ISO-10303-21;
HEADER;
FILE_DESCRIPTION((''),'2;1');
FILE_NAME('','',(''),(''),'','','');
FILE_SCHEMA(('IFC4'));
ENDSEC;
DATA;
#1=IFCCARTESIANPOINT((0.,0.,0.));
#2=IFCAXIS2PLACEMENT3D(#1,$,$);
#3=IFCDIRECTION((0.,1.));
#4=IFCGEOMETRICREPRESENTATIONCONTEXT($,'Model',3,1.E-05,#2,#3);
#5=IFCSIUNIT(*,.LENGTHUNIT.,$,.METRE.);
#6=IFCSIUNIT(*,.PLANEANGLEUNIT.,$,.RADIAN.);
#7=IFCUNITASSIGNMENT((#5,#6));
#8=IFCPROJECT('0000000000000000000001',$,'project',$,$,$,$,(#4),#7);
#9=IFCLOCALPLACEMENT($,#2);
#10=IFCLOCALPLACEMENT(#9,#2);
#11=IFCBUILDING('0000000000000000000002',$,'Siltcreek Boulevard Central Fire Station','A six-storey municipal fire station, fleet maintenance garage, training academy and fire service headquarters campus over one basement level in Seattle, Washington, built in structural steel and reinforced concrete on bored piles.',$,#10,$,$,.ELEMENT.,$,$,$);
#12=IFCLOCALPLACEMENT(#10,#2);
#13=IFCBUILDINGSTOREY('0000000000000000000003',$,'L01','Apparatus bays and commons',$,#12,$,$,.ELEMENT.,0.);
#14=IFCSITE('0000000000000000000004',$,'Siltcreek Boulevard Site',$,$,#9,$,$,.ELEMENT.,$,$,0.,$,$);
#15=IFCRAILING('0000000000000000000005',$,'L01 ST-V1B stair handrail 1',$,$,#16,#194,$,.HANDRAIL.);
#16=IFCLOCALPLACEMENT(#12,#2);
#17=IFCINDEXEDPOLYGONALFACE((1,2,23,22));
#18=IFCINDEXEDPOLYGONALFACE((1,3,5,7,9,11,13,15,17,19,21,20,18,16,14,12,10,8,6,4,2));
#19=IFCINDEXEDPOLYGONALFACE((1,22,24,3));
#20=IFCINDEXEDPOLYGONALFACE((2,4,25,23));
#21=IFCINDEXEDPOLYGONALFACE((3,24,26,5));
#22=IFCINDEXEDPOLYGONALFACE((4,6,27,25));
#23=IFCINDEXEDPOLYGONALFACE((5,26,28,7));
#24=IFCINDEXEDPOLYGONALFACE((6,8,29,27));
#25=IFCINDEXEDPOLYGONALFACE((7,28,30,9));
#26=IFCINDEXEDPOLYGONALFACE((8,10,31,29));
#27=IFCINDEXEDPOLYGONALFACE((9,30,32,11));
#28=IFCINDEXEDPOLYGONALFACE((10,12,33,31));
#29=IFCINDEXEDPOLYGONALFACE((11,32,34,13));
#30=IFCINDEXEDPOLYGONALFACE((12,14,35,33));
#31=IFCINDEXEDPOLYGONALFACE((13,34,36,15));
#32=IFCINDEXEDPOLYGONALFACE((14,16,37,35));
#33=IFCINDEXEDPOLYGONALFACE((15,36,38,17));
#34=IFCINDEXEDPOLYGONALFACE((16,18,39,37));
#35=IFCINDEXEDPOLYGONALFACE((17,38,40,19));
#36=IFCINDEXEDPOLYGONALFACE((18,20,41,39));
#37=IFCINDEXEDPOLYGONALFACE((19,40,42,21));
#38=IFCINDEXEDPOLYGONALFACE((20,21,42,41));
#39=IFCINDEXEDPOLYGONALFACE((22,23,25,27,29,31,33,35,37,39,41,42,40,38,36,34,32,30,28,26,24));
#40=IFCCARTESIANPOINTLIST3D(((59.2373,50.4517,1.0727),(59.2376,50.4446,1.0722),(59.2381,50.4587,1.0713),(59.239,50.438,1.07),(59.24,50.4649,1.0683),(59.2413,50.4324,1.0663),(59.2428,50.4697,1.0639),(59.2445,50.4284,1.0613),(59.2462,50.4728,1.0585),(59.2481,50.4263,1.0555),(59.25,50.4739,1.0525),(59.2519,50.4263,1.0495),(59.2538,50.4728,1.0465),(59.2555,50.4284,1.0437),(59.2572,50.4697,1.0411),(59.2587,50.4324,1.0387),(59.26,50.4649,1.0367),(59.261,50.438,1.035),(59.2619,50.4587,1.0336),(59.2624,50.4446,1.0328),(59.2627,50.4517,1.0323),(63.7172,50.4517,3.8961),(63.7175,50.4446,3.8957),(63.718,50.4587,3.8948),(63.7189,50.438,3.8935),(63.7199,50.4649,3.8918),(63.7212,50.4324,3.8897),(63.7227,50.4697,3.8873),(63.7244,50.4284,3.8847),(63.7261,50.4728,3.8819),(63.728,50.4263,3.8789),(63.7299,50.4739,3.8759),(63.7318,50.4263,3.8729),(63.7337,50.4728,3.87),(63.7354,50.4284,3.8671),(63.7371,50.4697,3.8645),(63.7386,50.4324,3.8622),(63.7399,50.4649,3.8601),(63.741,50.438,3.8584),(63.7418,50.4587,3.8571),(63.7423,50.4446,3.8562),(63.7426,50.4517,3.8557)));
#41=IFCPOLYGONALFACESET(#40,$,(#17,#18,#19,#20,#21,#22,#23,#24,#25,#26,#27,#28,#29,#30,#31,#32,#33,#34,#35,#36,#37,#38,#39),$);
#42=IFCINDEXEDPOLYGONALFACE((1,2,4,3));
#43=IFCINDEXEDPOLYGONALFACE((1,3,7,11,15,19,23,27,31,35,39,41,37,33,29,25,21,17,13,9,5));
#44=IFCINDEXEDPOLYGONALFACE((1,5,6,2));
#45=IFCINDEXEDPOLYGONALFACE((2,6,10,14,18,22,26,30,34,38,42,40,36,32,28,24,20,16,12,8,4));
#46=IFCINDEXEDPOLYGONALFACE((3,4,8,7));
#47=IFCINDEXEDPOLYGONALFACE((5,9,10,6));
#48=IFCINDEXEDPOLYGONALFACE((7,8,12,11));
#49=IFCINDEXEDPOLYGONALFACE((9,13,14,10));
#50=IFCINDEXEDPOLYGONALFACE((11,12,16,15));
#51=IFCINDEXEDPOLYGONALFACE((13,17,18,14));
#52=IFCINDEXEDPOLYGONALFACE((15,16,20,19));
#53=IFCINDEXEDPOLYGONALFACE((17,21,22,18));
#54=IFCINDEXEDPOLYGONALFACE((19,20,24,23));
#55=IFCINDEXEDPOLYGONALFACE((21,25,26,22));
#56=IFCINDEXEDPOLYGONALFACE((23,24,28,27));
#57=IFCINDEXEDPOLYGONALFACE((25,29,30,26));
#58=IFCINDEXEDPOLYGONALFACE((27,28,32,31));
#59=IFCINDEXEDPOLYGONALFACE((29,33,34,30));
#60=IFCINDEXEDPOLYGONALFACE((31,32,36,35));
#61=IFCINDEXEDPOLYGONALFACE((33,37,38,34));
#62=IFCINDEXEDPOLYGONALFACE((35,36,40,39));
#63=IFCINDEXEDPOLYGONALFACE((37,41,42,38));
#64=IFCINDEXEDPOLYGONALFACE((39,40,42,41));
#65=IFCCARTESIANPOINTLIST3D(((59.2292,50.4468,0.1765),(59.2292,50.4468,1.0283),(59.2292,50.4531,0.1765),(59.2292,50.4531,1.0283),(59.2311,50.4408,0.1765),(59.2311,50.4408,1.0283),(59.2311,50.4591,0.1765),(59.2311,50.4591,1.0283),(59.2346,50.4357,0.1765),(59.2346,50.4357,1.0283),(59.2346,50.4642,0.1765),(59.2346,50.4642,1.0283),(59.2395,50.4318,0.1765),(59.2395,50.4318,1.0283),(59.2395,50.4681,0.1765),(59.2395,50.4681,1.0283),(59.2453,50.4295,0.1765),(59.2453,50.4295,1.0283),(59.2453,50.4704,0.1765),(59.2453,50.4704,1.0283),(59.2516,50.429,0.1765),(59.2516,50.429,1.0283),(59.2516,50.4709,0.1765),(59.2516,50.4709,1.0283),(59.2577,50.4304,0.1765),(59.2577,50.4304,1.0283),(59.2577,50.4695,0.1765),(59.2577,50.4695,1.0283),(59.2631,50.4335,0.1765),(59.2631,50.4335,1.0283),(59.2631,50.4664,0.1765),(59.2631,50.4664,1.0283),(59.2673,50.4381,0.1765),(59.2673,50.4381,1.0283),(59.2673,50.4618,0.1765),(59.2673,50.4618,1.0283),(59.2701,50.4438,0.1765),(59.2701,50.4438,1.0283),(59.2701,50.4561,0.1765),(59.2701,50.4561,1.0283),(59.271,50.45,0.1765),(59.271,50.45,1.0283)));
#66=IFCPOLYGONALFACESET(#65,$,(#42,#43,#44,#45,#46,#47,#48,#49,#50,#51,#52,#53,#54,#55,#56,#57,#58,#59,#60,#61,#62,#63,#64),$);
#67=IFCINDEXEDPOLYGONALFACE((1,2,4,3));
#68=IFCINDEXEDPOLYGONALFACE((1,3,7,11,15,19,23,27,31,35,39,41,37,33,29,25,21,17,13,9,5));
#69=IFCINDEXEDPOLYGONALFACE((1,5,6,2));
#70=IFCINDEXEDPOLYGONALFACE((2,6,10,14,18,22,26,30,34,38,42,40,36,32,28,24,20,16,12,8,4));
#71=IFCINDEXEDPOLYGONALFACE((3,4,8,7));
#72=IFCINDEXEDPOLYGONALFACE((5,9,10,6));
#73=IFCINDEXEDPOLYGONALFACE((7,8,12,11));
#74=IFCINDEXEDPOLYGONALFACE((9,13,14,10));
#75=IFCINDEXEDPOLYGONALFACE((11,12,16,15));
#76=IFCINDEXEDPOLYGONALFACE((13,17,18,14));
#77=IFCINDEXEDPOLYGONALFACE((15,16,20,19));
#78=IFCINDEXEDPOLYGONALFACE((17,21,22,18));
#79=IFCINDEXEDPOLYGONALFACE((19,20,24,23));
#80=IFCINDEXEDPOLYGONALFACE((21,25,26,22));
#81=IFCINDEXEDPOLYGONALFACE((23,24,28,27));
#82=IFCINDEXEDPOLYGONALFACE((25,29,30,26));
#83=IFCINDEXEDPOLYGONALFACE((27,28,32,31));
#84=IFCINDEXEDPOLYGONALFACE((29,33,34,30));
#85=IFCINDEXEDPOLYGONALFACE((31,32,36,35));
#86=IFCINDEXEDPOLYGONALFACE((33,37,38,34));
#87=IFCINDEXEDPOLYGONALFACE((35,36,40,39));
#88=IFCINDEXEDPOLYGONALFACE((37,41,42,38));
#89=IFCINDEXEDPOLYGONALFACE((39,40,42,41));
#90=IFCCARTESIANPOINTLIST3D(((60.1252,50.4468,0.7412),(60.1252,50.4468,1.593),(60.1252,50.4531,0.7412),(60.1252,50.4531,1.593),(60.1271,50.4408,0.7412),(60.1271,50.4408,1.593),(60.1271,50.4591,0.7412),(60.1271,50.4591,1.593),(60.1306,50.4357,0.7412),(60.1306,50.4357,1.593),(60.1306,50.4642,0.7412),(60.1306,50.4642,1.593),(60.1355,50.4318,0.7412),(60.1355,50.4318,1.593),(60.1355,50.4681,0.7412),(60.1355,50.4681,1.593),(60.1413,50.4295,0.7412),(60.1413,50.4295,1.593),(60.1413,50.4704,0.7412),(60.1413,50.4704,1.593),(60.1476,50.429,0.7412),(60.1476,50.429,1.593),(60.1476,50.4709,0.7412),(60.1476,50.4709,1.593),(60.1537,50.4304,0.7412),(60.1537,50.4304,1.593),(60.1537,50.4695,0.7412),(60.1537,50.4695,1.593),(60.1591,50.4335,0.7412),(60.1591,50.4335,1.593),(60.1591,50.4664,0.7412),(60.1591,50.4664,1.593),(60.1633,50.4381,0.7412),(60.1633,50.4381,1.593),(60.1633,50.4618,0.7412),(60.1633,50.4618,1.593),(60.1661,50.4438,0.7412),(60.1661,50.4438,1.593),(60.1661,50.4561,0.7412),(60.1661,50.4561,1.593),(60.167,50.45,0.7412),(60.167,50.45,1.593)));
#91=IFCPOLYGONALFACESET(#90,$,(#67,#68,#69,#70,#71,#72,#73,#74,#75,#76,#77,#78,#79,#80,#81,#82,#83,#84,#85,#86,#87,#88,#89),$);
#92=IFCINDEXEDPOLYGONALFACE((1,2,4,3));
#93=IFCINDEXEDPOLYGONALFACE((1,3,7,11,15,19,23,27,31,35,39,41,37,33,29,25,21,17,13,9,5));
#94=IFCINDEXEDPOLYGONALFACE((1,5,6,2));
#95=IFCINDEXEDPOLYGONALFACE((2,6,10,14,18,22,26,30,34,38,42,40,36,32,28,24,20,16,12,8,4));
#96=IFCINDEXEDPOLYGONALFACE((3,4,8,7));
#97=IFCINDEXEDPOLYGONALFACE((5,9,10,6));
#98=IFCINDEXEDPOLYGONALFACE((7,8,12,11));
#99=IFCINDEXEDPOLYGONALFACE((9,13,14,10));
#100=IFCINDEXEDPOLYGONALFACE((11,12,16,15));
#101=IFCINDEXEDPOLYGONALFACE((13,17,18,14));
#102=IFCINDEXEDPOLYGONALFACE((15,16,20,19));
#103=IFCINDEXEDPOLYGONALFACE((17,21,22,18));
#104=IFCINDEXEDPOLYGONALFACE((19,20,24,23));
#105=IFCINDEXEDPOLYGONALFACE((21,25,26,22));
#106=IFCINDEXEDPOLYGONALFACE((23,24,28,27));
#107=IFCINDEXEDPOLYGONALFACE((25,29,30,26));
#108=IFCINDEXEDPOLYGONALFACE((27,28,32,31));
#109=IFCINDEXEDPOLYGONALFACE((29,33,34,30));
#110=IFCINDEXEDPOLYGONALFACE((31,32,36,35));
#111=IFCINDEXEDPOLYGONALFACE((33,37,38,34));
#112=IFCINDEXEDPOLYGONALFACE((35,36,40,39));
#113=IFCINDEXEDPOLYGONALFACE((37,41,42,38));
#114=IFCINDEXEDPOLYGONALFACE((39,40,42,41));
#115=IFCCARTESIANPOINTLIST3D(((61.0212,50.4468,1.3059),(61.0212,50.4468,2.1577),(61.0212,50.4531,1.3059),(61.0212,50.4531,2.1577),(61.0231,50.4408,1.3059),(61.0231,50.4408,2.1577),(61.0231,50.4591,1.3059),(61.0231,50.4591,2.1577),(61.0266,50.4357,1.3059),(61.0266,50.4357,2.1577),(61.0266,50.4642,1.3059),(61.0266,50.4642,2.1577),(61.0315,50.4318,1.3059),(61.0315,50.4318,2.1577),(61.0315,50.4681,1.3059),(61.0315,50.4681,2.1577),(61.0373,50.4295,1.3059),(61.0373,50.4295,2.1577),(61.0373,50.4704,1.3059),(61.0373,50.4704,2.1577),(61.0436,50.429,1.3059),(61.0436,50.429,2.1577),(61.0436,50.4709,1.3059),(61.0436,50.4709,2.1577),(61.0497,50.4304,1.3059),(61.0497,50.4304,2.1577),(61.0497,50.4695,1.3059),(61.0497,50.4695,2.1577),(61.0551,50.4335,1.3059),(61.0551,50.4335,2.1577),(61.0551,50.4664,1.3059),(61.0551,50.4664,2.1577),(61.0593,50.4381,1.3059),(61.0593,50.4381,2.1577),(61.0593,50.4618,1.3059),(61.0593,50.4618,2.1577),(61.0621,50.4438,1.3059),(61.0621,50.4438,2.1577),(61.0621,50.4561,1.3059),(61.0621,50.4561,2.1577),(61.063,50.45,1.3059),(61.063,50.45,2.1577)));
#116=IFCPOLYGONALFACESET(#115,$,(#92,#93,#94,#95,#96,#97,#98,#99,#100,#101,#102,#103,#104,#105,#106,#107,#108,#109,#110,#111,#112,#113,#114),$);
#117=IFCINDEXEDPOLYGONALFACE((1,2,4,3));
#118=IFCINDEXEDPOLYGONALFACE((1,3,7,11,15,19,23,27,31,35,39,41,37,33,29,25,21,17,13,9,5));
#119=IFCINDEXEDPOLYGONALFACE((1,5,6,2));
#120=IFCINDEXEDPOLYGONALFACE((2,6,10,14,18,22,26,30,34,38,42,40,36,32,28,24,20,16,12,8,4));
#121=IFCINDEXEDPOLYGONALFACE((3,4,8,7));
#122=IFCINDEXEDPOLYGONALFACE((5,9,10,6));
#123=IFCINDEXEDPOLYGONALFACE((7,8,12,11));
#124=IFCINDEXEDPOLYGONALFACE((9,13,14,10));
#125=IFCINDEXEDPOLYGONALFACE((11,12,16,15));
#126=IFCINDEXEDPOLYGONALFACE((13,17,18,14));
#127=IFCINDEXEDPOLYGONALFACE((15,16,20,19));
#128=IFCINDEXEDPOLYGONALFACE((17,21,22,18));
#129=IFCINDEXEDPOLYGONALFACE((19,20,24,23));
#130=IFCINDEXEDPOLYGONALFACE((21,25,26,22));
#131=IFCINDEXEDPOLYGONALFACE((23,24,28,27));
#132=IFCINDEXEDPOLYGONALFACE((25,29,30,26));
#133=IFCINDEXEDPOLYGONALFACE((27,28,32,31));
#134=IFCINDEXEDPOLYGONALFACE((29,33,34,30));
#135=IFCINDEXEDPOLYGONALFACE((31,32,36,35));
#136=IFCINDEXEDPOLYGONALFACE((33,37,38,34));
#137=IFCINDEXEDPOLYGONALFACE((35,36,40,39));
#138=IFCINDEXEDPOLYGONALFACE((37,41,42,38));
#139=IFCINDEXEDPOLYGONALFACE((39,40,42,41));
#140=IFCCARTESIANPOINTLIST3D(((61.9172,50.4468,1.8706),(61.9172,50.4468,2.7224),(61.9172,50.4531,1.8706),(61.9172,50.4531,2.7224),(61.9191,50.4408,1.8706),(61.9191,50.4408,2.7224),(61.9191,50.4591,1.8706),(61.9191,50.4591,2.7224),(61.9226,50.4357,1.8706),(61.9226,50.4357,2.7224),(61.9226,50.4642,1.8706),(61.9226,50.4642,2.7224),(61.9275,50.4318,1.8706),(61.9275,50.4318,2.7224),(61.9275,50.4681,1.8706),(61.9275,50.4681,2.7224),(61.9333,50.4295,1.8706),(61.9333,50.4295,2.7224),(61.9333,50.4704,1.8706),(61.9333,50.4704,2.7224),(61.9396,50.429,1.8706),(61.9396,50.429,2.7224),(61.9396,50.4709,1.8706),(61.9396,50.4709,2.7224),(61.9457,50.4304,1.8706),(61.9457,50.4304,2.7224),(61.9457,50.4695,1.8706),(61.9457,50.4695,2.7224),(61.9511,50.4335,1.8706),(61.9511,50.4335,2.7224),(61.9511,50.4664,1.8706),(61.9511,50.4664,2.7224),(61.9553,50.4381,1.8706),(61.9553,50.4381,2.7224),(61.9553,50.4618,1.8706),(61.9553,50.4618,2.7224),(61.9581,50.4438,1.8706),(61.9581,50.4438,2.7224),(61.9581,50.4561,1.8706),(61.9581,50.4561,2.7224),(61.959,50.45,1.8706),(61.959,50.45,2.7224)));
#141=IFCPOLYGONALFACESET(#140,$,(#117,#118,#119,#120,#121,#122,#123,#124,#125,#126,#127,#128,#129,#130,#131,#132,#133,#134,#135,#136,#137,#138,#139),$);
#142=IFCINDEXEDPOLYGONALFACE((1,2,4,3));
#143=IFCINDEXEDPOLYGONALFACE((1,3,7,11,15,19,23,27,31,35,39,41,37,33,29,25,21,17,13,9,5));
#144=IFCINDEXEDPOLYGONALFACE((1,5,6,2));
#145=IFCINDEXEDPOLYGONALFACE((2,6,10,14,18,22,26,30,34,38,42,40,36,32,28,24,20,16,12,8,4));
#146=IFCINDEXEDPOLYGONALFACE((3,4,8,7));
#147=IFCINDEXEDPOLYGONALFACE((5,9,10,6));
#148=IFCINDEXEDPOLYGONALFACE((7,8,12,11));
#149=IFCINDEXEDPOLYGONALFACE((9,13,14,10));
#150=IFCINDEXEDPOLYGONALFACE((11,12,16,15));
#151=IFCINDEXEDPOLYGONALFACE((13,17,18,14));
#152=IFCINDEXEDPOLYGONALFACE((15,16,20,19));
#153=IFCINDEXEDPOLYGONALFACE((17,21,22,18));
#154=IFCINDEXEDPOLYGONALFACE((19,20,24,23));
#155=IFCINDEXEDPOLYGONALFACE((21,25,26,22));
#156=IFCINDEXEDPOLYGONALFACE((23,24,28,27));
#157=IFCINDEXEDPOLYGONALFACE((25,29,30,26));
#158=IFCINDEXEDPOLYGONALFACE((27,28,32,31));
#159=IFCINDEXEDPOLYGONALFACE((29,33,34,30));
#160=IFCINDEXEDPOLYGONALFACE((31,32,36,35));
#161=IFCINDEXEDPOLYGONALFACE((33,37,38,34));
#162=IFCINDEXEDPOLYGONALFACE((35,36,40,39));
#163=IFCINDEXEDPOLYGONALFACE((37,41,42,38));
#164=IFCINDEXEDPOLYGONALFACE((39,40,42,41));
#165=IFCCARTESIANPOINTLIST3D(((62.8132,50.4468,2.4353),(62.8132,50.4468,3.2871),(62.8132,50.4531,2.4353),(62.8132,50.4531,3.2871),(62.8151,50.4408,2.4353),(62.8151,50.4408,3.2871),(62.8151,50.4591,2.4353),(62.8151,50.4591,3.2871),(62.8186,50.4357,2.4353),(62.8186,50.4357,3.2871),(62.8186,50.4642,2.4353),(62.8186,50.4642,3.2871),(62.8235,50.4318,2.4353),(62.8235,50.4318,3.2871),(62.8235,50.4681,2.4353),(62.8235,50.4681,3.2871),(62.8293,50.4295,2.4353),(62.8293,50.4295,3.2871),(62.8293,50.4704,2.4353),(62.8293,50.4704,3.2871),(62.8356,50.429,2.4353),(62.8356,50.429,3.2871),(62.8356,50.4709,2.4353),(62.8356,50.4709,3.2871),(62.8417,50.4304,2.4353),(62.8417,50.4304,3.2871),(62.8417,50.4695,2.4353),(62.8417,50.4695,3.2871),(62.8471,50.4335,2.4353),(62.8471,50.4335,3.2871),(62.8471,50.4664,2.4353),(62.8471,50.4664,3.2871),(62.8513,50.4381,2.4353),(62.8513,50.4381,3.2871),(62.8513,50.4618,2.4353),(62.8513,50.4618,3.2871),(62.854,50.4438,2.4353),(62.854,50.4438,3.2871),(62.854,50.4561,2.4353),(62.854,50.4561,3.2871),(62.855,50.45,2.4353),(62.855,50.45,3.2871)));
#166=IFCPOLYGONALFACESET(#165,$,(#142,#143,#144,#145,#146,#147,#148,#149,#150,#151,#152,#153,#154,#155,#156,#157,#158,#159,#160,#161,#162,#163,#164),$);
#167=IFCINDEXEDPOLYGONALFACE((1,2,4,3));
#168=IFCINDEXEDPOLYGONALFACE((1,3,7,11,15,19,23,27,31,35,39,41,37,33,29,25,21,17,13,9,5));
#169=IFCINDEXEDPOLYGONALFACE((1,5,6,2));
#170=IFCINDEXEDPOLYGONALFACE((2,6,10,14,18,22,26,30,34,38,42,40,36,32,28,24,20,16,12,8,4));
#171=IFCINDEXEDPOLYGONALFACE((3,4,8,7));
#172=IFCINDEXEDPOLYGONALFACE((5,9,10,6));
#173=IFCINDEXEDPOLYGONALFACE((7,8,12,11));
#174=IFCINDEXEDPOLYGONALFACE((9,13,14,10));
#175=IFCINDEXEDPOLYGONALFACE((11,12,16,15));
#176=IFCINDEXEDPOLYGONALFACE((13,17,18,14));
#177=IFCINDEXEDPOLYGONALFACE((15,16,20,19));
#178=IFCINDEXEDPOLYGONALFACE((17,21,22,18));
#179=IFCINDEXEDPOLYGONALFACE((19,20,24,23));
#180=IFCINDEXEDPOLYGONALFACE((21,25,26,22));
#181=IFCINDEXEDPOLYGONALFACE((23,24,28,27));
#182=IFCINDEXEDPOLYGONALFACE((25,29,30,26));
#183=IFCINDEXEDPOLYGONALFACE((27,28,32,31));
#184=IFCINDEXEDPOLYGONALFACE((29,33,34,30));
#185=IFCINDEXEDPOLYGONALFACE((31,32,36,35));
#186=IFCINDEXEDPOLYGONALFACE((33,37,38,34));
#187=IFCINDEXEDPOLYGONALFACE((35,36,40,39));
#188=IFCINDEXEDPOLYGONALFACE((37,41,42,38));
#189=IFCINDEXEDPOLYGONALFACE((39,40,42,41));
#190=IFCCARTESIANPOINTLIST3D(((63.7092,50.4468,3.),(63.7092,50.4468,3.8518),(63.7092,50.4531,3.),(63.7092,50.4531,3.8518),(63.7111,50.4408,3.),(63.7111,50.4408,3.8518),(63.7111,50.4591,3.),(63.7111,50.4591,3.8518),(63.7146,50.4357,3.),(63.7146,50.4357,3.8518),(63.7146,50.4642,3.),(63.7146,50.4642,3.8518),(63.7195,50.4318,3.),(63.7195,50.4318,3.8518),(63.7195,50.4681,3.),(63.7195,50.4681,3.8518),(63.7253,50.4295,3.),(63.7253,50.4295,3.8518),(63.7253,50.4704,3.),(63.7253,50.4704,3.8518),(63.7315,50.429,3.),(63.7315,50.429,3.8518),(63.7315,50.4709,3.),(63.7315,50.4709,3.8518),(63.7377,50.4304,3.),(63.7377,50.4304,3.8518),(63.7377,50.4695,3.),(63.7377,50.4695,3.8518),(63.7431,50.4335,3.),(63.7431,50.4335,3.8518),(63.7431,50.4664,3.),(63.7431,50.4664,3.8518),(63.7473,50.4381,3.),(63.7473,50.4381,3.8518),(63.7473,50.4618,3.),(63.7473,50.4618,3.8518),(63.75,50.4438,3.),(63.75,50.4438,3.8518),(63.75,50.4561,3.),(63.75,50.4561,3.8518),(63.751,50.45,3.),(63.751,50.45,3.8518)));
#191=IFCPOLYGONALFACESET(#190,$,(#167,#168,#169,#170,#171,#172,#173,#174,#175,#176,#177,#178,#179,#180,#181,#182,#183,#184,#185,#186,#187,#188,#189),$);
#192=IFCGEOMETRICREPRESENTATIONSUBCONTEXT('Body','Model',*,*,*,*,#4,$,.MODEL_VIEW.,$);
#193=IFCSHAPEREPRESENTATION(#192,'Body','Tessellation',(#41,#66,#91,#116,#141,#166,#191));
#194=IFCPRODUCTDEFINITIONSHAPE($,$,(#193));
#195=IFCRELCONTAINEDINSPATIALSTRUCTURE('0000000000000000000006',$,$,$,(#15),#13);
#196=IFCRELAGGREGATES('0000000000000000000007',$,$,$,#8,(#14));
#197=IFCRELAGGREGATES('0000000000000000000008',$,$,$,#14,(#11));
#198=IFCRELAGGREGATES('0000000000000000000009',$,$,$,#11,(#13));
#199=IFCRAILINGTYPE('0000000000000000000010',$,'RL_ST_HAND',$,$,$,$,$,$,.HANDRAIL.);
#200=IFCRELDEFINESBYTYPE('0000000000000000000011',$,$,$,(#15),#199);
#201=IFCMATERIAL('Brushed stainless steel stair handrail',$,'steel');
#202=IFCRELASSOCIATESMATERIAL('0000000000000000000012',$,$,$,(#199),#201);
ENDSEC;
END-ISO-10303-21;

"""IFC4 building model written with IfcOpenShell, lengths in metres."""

from ifc_helpers import new_model, si_unit, direction, frame, origin, origin_2d, place, context, subcontext, project, spatial, circle, extrude, material, type_object, element, save


model = new_model("IFC4")

# Units and contexts
model_context = context("Model", 3, precision=1e-05, world=origin(), true_north=direction((0.0, 1.0)))
body_context = subcontext(model_context, "Body", "Model", "MODEL_VIEW")
ifc_project = project(units=[si_unit("LENGTHUNIT", "METRE"), si_unit("PLANEANGLEUNIT", "RADIAN")], contexts=[model_context])

# Site, building, storey
site_placement = place(None, origin())
site = spatial("IfcSite", under=ifc_project, at=site_placement, Name="Siltcreek Boulevard Site", CompositionType="ELEMENT", RefElevation=0.0)
building_placement = place(site_placement, origin())
building = spatial("IfcBuilding", under=site, at=building_placement, Name="Siltcreek Boulevard Central Fire Station", Description="A six-storey municipal fire station, fleet maintenance garage, training academy and fire service headquarters campus over one basement level in Seattle, Washington, built in structural steel and reinforced concrete on bored piles.", CompositionType="ELEMENT")
storey_placement = place(building_placement, origin())
storey = spatial("IfcBuildingStorey", under=building, at=storey_placement, Name="L01", Description="Apparatus bays and commons", CompositionType="ELEMENT", Elevation=0.0)

# Railing
ifc_material_1 = material(Name="Brushed stainless steel stair handrail", Category="steel")
railing_type = type_object("IfcRailingType", Name="RL_ST_HAND", PredefinedType="HANDRAIL", material=ifc_material_1)
railing_placement = place(storey_placement, frame((59.25, 50.45, 0.1765)))
element("IfcRailing", 1, at=railing_placement, inside=storey, type_object=railing_type, Name="L01 ST-V1B stair handrail 1", PredefinedType="HANDRAIL", context=body_context, shape_type="SweptSolid", body=[
    extrude(circle(Radius=0.0239, at=origin_2d()), frame((0.0, 0.0, 0.876), z_axis=(0.845998, 0.0, 0.533186), x_axis=(0.0, 1.0, 0.0)), (0.0, 0.0, 1.0), 5.2954),
    extrude(circle(Radius=0.021, at=origin_2d()), origin(), (0.0, 0.0, 1.0), 0.8518),
    extrude(circle(Radius=0.021, at=origin_2d()), frame((0.896, 0.0, 0.5647)), (0.0, 0.0, 1.0), 0.8518),
    extrude(circle(Radius=0.021, at=origin_2d()), frame((1.792, 0.0, 1.1294)), (0.0, 0.0, 1.0), 0.8518),
    extrude(circle(Radius=0.021, at=origin_2d()), frame((2.688, 0.0, 1.6941)), (0.0, 0.0, 1.0), 0.8518),
    extrude(circle(Radius=0.021, at=origin_2d()), frame((3.584, 0.0, 2.2588)), (0.0, 0.0, 1.0), 0.8518),
    extrude(circle(Radius=0.021, at=origin_2d()), frame((4.48, 0.0, 2.8235)), (0.0, 0.0, 1.0), 0.8518),
])

save(model, "model.ifc")
